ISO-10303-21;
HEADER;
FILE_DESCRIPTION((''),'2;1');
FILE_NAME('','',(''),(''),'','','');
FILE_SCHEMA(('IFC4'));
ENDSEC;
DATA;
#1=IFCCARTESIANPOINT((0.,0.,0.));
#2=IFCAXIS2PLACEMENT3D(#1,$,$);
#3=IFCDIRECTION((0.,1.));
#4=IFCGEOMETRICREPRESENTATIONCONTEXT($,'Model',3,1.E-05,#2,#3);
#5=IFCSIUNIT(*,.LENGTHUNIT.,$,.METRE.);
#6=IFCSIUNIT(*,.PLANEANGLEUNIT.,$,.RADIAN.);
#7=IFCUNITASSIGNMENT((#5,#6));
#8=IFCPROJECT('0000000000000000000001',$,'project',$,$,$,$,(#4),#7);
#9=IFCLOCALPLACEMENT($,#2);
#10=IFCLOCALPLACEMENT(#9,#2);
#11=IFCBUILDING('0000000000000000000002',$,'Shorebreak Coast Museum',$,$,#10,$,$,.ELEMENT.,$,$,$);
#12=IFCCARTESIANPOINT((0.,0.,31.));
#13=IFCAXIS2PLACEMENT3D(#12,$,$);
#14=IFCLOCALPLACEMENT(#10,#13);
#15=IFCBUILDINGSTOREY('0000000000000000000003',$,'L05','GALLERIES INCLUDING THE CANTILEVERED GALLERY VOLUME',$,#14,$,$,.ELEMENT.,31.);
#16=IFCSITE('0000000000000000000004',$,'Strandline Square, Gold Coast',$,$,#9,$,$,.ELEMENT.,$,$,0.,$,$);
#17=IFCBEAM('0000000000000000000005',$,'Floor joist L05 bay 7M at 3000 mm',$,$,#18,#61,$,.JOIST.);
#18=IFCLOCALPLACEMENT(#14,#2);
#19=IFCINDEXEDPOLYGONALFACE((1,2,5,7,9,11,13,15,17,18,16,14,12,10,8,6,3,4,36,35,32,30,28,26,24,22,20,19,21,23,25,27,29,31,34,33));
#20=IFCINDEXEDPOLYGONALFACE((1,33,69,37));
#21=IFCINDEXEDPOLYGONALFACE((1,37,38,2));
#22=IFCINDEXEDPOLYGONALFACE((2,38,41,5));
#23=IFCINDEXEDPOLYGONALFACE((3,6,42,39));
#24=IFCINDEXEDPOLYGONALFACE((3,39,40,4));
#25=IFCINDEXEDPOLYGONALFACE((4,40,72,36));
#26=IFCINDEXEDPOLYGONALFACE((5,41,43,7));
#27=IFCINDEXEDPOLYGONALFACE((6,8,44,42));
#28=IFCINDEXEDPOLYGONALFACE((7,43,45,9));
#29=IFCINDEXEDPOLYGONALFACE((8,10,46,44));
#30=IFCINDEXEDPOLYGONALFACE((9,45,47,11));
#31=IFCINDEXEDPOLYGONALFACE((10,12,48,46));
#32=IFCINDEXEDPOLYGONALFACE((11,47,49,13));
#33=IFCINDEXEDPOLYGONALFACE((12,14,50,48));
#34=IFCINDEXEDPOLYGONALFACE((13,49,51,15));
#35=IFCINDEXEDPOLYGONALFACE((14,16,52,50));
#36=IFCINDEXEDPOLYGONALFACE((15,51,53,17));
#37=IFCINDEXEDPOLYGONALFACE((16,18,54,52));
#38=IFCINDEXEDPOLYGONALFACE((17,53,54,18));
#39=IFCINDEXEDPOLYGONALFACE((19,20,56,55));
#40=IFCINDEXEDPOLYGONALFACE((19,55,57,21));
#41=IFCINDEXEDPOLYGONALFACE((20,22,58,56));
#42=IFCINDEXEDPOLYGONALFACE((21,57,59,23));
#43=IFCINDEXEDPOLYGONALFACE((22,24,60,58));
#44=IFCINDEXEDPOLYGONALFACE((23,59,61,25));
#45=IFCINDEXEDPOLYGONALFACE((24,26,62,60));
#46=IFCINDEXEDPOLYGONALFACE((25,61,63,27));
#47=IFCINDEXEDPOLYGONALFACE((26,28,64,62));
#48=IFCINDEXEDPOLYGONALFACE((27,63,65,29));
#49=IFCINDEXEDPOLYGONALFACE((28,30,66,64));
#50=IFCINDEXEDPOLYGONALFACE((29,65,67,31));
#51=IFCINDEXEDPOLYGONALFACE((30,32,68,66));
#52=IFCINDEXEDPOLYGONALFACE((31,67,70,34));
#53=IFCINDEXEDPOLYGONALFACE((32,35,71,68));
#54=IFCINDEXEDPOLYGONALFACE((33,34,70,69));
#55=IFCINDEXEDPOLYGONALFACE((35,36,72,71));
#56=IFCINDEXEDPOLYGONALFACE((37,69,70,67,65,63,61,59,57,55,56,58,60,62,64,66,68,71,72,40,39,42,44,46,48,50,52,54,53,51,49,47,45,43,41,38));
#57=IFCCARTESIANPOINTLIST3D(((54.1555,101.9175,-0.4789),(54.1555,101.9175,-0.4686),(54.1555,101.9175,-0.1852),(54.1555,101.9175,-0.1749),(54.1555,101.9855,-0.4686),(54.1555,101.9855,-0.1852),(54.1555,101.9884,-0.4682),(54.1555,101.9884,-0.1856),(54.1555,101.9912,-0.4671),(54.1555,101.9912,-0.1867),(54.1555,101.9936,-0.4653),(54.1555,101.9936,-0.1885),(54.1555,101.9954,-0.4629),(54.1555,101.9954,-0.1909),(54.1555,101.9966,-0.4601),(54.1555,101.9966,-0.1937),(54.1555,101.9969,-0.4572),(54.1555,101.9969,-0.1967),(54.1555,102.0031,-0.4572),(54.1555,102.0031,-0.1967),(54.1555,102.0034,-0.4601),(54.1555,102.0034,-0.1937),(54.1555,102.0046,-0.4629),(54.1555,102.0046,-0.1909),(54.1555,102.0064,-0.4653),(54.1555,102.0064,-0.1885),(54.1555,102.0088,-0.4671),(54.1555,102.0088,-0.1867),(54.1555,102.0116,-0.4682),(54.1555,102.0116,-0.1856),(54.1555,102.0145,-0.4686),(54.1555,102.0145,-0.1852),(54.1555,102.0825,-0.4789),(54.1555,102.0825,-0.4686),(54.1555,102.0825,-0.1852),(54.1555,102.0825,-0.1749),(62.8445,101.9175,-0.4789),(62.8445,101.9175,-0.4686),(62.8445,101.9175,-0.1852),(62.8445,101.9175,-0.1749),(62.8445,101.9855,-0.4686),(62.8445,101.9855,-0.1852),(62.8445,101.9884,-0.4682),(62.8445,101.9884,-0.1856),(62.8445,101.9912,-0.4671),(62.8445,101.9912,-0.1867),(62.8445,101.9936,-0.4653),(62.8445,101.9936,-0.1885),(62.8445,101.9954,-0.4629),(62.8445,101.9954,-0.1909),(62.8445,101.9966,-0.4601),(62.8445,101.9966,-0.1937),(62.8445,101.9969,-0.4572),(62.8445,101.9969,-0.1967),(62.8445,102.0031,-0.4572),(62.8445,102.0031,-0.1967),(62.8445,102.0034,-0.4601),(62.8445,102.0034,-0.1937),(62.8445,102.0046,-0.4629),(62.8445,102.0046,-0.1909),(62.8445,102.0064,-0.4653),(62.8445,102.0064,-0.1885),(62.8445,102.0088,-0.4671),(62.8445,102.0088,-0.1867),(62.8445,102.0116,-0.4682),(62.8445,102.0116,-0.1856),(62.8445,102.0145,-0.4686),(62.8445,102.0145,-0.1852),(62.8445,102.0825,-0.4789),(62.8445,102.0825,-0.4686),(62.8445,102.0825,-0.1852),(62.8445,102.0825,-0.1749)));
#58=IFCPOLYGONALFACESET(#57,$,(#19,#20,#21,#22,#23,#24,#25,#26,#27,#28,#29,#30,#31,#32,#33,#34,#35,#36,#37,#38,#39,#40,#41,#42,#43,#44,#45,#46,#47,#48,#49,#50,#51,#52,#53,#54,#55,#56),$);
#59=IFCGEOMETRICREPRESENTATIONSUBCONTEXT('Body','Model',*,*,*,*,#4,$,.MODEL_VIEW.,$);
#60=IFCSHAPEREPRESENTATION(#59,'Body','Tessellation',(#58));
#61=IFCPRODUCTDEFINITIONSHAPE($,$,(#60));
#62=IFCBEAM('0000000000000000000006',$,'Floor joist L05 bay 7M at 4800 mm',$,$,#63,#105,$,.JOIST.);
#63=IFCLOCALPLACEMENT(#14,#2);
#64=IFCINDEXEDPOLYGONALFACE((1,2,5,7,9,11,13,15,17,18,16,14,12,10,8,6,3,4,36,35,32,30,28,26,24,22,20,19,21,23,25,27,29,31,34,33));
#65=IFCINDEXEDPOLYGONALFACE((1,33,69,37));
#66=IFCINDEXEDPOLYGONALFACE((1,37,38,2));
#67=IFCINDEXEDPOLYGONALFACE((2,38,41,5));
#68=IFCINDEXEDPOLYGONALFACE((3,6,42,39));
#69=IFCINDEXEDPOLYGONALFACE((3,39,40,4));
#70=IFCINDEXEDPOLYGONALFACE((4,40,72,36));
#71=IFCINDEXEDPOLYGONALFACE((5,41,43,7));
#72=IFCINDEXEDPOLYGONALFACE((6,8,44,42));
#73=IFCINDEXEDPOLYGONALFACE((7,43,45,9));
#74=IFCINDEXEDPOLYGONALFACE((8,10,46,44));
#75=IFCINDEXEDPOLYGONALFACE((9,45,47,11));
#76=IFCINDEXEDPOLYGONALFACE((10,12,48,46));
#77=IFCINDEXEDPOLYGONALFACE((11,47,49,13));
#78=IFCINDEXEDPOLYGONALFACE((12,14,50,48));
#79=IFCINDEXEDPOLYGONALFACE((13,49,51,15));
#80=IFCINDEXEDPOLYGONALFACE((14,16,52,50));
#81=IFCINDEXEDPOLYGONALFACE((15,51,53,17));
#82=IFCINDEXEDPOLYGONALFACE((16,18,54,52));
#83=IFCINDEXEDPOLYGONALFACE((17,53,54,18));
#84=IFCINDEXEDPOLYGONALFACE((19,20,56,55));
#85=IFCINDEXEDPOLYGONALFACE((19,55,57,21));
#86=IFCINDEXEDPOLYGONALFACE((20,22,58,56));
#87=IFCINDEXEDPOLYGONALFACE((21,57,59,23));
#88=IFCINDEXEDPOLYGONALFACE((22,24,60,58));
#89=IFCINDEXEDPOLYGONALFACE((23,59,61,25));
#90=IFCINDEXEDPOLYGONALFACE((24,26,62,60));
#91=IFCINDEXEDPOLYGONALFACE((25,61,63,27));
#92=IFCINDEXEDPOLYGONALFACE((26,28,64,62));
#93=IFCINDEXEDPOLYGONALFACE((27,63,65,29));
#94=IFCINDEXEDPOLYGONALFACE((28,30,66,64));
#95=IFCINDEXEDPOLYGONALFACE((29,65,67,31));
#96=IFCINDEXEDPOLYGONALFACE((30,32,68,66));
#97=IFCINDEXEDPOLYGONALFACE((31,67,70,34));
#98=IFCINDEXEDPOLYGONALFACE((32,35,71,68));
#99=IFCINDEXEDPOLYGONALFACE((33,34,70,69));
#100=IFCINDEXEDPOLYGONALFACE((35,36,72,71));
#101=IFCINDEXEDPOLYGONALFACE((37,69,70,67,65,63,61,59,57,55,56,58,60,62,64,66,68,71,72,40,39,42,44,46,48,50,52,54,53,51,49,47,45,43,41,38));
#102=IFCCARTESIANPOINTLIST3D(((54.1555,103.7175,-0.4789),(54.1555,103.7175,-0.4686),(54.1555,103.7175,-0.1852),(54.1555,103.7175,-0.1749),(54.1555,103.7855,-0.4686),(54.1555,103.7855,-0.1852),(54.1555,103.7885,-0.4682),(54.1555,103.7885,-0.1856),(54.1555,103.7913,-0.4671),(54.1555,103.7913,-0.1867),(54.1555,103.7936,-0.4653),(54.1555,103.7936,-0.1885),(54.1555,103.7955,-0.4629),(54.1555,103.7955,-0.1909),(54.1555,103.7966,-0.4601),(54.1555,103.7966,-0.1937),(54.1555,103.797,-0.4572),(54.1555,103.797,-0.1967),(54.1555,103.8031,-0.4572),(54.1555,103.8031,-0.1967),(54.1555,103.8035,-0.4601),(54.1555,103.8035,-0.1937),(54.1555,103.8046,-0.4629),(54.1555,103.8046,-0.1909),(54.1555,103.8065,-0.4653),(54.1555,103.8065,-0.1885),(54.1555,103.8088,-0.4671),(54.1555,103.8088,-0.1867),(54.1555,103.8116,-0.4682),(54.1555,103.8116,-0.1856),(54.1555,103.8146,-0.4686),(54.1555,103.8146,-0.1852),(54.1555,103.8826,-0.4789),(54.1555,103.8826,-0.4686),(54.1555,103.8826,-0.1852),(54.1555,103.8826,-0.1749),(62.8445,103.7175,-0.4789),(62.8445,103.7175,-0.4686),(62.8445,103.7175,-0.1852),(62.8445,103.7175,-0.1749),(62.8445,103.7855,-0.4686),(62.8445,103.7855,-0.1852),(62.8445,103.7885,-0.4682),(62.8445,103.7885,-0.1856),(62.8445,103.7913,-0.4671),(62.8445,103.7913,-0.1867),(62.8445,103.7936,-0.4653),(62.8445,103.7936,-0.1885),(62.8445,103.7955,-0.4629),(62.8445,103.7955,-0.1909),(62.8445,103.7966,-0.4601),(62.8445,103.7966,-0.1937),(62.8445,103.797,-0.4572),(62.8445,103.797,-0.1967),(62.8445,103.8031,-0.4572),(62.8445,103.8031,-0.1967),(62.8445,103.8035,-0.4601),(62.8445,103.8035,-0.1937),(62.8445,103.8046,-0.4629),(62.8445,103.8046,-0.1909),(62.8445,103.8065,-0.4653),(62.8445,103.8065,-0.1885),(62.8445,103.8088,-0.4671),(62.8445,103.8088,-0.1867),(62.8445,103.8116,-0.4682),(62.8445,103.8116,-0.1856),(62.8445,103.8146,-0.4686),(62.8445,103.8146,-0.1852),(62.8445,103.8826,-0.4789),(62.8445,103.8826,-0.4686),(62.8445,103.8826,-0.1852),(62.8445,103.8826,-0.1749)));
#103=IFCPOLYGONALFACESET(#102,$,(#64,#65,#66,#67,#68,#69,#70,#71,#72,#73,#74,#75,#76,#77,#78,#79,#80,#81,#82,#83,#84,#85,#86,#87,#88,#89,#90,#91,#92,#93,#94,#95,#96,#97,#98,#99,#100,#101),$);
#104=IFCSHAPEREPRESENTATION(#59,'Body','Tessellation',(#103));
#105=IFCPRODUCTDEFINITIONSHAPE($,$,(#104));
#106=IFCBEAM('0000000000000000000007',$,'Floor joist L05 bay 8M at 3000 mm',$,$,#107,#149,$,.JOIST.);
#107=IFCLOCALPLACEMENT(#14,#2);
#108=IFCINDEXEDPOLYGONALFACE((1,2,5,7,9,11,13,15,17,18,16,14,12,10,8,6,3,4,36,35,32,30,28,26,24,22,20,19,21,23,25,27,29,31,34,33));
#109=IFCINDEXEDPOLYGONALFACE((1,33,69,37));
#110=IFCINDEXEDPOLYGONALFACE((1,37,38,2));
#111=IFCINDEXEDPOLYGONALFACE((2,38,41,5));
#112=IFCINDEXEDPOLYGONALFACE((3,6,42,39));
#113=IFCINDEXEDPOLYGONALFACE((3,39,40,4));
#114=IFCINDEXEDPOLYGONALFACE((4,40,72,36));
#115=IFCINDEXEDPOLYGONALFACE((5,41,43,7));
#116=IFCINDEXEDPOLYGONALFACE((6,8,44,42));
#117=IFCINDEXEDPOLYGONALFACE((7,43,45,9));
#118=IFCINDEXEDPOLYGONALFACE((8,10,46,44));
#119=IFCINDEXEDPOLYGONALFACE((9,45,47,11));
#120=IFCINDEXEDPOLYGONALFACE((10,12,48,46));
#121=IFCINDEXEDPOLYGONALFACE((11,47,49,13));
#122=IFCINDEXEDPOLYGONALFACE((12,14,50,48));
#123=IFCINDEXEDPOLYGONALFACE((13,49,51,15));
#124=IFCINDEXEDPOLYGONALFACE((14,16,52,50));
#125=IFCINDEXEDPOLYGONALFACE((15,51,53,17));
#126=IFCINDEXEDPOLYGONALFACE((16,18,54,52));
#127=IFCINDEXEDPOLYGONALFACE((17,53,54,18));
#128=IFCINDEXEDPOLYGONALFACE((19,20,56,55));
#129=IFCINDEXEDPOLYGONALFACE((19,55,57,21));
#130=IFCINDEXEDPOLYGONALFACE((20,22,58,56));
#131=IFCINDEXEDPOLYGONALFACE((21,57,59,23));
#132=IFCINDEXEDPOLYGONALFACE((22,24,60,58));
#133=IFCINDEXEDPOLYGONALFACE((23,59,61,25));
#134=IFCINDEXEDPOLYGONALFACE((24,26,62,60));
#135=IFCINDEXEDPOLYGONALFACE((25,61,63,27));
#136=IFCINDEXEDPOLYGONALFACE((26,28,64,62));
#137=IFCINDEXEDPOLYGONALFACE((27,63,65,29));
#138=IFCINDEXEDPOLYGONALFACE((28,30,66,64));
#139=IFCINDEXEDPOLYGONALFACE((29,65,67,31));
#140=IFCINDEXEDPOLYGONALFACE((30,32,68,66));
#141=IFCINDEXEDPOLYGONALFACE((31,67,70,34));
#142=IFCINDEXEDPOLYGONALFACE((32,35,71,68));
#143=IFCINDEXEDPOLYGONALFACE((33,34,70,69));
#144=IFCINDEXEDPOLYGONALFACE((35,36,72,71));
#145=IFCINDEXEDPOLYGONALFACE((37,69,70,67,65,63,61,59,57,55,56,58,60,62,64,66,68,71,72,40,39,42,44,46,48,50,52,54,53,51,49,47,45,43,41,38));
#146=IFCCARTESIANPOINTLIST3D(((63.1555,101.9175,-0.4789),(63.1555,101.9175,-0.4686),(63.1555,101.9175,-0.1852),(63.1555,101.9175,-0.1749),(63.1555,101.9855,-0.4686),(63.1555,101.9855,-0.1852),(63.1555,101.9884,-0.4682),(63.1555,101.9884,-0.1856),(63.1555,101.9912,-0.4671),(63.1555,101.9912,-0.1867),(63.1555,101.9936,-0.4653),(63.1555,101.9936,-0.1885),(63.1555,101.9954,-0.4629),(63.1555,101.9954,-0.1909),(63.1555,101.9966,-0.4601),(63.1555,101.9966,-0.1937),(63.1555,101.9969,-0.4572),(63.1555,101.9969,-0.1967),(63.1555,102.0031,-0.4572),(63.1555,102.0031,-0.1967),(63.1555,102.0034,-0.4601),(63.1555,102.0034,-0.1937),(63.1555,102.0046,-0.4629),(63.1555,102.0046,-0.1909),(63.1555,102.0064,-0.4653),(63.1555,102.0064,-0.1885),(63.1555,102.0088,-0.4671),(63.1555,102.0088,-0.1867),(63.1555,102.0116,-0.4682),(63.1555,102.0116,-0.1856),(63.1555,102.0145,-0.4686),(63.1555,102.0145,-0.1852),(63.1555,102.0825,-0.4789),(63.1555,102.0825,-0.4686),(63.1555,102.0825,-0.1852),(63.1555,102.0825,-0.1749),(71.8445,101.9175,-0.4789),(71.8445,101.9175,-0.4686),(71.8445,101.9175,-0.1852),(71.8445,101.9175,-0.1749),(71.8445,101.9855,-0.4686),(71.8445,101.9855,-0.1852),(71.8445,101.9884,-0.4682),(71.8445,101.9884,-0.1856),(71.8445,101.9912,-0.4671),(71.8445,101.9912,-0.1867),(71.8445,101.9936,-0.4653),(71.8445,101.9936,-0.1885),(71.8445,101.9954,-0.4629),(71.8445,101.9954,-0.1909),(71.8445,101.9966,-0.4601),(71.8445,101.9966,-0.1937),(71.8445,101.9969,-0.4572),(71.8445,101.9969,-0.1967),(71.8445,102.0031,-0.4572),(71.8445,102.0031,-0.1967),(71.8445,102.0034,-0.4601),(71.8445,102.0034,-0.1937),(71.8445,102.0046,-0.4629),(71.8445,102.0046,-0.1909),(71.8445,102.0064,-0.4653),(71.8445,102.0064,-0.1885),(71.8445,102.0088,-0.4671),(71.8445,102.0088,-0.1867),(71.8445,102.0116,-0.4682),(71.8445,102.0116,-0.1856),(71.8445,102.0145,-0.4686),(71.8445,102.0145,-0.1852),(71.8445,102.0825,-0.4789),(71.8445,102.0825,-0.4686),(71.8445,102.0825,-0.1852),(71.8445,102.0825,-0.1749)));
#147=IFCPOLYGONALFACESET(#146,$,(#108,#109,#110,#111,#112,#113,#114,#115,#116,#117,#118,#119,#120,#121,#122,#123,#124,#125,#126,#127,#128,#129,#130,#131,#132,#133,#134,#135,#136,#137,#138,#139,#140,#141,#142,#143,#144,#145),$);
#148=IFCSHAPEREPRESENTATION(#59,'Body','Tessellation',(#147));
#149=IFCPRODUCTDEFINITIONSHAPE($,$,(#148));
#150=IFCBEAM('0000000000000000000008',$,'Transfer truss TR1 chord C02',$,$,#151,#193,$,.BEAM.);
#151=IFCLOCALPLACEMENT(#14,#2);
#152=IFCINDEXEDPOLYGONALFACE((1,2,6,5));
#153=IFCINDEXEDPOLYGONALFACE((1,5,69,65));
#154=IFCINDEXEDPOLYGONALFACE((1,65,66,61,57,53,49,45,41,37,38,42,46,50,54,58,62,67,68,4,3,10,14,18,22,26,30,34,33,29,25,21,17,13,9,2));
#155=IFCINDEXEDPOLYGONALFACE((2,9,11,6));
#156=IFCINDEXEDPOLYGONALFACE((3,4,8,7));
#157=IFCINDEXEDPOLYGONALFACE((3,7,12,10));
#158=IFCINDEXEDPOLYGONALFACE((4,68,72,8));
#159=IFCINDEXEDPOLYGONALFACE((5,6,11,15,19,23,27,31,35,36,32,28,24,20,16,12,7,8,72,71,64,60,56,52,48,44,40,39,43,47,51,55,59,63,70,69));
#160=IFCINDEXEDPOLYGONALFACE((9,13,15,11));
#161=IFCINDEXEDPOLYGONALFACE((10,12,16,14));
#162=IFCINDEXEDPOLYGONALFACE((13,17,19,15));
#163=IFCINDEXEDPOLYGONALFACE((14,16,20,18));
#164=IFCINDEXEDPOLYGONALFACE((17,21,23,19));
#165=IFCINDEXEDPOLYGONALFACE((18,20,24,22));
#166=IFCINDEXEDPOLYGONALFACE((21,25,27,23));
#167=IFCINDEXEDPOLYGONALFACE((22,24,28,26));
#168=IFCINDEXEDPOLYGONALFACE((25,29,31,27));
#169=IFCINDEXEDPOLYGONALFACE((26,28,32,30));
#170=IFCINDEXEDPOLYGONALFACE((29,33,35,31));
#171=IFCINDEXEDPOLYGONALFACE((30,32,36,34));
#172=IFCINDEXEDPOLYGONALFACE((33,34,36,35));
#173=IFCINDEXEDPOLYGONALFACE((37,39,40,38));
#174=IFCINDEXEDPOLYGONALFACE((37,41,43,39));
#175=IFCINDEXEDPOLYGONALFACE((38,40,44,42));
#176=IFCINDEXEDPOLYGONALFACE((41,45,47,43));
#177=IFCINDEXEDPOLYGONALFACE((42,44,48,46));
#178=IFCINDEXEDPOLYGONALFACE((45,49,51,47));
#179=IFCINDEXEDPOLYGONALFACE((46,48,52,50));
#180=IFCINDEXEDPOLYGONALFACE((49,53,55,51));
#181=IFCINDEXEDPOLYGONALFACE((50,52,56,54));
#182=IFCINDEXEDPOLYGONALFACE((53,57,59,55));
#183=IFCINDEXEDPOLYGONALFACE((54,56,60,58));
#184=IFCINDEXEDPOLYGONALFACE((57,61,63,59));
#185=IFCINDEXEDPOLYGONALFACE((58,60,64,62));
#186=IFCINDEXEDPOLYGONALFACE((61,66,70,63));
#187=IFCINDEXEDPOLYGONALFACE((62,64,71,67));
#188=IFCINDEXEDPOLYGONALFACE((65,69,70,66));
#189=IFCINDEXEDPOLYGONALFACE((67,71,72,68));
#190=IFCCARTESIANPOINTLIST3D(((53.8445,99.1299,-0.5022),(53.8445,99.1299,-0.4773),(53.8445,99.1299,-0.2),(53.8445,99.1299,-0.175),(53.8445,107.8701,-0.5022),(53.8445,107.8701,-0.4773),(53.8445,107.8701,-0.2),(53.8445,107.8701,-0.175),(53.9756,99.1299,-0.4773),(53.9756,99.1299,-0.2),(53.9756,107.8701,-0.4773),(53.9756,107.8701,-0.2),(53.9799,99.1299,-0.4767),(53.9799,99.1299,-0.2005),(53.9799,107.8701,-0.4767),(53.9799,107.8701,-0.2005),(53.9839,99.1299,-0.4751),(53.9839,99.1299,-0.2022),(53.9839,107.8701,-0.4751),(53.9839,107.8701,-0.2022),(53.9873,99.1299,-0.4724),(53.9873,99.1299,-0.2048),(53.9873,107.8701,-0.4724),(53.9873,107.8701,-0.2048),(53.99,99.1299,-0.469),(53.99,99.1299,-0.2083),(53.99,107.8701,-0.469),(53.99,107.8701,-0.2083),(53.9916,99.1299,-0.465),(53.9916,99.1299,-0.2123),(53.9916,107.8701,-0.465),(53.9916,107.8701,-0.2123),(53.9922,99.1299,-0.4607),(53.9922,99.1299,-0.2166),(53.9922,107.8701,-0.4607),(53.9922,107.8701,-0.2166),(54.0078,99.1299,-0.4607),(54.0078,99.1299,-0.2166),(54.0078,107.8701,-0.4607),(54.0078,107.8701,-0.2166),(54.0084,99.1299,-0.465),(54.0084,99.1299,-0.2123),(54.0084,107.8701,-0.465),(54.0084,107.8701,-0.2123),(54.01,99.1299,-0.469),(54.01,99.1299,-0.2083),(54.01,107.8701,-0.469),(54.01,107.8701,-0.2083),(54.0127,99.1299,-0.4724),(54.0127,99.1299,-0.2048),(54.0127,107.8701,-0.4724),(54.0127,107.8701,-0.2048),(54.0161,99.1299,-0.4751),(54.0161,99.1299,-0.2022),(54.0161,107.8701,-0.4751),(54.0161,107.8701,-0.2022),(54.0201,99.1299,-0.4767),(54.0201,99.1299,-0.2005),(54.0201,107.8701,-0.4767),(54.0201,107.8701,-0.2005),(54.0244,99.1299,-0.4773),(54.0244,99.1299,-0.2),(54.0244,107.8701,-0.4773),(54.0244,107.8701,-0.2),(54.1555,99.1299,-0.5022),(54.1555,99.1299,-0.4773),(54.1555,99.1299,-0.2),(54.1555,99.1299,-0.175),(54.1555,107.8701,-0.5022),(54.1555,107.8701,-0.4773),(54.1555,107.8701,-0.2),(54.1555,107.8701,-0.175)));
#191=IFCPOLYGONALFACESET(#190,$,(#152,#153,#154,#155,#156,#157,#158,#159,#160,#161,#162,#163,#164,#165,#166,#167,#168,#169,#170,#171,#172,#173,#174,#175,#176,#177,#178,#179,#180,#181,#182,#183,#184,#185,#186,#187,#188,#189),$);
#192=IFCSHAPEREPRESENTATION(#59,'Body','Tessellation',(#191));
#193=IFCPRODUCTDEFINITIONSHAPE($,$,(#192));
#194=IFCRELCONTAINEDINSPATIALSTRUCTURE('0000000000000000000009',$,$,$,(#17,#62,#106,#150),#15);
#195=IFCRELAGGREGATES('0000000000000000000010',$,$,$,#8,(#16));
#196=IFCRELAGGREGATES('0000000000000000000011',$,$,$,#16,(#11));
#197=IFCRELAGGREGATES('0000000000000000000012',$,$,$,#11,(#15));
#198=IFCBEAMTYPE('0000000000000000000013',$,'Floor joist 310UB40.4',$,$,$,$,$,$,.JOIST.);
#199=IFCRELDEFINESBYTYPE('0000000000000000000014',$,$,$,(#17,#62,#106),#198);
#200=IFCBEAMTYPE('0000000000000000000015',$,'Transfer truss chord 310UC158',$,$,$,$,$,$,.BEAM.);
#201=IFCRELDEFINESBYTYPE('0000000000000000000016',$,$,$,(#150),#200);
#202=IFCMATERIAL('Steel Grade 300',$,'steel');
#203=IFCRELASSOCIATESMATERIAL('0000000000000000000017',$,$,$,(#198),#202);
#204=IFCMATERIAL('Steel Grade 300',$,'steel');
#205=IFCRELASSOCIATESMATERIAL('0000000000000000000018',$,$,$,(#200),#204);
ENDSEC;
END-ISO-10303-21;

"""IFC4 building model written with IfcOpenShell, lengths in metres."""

from ifc_helpers import new_model, si_unit, direction, frame, origin, origin_2d, place, context, subcontext, project, spatial, i_section, extrude, material, material_profile, profile_set, type_object, element, save


model = new_model("IFC4")

# Units and contexts
model_context = context("Model", 3, precision=1e-05, world=origin(), true_north=direction((0.0, 1.0)))
body_context = subcontext(model_context, "Body", "Model", "MODEL_VIEW")
ifc_project = project(units=[si_unit("LENGTHUNIT", "METRE"), si_unit("PLANEANGLEUNIT", "RADIAN")], contexts=[model_context])

# Site, building, storey
site_placement = place(None, origin())
site = spatial("IfcSite", under=ifc_project, at=site_placement, Name="Strandline Square, Gold Coast", CompositionType="ELEMENT", RefElevation=0.0)
building_placement = place(site_placement, origin())
building = spatial("IfcBuilding", under=site, at=building_placement, Name="Shorebreak Coast Museum", CompositionType="ELEMENT")
storey_placement = place(building_placement, frame((0.0, 0.0, 31.0)))
storey = spatial("IfcBuildingStorey", under=building, at=storey_placement, Name="L05", Description="GALLERIES INCLUDING THE CANTILEVERED GALLERY VOLUME", CompositionType="ELEMENT", Elevation=31.0)

# Beams
ifc_material_1 = material(Name="Steel Grade 300", Category="steel")
ifc_material_profile_1 = material_profile(ifc_material_1, i_section(OverallWidth=0.165, OverallDepth=0.304, WebThickness=0.0061, FlangeThickness=0.0103, FilletRadius=0.0115, at=origin_2d()), Name="310UB40.4")
ifc_profile_set_1 = profile_set([ifc_material_profile_1], Name="Steel Grade 300")
beam_type_1 = type_object("IfcBeamType", Name="Floor joist 310UB40.4", PredefinedType="JOIST", material=ifc_profile_set_1)
for number, where, z_axis, x_axis, name in (
    (1, (54.1555, 102.0, -0.3269), (1.0, 0.0, 0.0), (0.0, 1.0, 0.0), "Floor joist L05 bay 7M at 3000 mm"),
    (2, (54.1555, 103.8, -0.3269), (1.0, 0.0, 0.0), (0.0, 1.0, 0.0), "Floor joist L05 bay 7M at 4800 mm"),
    (3, (63.1555, 102.0, -0.3269), (1.0, 0.0, 0.0), (0.0, 1.0, 0.0), "Floor joist L05 bay 8M at 3000 mm"),
):
    element("IfcBeam", number, at=place(storey_placement, frame(where, z_axis=z_axis, x_axis=x_axis)), inside=storey, type_object=beam_type_1, Name=name, PredefinedType="JOIST", context=body_context, shape_type="SweptSolid", body=[
        extrude(i_section(OverallWidth=0.165, OverallDepth=0.304, WebThickness=0.0061, FlangeThickness=0.0103, FilletRadius=0.0115, at=origin_2d()), origin(), (0.0, 0.0, 1.0), 8.689),
    ])
ifc_material_2 = material(Name="Steel Grade 300", Category="steel")
ifc_material_profile_2 = material_profile(ifc_material_2, i_section(OverallWidth=0.311, OverallDepth=0.3271, WebThickness=0.0156, FlangeThickness=0.0249, FilletRadius=0.0166, at=origin_2d()), Name="310UC158")
ifc_profile_set_2 = profile_set([ifc_material_profile_2], Name="Steel Grade 300")
beam_type_2 = type_object("IfcBeamType", Name="Transfer truss chord 310UC158", PredefinedType="BEAM", material=ifc_profile_set_2)
for number, where, z_axis, x_axis, name in (
    (4, (54.0, 99.1299, -0.3386), (0.0, 1.0, 0.0), (-1.0, 0.0, 0.0), "Transfer truss TR1 chord C02"),
):
    element("IfcBeam", number, at=place(storey_placement, frame(where, z_axis=z_axis, x_axis=x_axis)), inside=storey, type_object=beam_type_2, Name=name, PredefinedType="BEAM", context=body_context, shape_type="SweptSolid", body=[
        extrude(i_section(OverallWidth=0.311, OverallDepth=0.3271, WebThickness=0.0156, FlangeThickness=0.0249, FilletRadius=0.0166, at=origin_2d()), origin(), (0.0, 0.0, 1.0), 8.7402),
    ])

save(model, "model.ifc")
